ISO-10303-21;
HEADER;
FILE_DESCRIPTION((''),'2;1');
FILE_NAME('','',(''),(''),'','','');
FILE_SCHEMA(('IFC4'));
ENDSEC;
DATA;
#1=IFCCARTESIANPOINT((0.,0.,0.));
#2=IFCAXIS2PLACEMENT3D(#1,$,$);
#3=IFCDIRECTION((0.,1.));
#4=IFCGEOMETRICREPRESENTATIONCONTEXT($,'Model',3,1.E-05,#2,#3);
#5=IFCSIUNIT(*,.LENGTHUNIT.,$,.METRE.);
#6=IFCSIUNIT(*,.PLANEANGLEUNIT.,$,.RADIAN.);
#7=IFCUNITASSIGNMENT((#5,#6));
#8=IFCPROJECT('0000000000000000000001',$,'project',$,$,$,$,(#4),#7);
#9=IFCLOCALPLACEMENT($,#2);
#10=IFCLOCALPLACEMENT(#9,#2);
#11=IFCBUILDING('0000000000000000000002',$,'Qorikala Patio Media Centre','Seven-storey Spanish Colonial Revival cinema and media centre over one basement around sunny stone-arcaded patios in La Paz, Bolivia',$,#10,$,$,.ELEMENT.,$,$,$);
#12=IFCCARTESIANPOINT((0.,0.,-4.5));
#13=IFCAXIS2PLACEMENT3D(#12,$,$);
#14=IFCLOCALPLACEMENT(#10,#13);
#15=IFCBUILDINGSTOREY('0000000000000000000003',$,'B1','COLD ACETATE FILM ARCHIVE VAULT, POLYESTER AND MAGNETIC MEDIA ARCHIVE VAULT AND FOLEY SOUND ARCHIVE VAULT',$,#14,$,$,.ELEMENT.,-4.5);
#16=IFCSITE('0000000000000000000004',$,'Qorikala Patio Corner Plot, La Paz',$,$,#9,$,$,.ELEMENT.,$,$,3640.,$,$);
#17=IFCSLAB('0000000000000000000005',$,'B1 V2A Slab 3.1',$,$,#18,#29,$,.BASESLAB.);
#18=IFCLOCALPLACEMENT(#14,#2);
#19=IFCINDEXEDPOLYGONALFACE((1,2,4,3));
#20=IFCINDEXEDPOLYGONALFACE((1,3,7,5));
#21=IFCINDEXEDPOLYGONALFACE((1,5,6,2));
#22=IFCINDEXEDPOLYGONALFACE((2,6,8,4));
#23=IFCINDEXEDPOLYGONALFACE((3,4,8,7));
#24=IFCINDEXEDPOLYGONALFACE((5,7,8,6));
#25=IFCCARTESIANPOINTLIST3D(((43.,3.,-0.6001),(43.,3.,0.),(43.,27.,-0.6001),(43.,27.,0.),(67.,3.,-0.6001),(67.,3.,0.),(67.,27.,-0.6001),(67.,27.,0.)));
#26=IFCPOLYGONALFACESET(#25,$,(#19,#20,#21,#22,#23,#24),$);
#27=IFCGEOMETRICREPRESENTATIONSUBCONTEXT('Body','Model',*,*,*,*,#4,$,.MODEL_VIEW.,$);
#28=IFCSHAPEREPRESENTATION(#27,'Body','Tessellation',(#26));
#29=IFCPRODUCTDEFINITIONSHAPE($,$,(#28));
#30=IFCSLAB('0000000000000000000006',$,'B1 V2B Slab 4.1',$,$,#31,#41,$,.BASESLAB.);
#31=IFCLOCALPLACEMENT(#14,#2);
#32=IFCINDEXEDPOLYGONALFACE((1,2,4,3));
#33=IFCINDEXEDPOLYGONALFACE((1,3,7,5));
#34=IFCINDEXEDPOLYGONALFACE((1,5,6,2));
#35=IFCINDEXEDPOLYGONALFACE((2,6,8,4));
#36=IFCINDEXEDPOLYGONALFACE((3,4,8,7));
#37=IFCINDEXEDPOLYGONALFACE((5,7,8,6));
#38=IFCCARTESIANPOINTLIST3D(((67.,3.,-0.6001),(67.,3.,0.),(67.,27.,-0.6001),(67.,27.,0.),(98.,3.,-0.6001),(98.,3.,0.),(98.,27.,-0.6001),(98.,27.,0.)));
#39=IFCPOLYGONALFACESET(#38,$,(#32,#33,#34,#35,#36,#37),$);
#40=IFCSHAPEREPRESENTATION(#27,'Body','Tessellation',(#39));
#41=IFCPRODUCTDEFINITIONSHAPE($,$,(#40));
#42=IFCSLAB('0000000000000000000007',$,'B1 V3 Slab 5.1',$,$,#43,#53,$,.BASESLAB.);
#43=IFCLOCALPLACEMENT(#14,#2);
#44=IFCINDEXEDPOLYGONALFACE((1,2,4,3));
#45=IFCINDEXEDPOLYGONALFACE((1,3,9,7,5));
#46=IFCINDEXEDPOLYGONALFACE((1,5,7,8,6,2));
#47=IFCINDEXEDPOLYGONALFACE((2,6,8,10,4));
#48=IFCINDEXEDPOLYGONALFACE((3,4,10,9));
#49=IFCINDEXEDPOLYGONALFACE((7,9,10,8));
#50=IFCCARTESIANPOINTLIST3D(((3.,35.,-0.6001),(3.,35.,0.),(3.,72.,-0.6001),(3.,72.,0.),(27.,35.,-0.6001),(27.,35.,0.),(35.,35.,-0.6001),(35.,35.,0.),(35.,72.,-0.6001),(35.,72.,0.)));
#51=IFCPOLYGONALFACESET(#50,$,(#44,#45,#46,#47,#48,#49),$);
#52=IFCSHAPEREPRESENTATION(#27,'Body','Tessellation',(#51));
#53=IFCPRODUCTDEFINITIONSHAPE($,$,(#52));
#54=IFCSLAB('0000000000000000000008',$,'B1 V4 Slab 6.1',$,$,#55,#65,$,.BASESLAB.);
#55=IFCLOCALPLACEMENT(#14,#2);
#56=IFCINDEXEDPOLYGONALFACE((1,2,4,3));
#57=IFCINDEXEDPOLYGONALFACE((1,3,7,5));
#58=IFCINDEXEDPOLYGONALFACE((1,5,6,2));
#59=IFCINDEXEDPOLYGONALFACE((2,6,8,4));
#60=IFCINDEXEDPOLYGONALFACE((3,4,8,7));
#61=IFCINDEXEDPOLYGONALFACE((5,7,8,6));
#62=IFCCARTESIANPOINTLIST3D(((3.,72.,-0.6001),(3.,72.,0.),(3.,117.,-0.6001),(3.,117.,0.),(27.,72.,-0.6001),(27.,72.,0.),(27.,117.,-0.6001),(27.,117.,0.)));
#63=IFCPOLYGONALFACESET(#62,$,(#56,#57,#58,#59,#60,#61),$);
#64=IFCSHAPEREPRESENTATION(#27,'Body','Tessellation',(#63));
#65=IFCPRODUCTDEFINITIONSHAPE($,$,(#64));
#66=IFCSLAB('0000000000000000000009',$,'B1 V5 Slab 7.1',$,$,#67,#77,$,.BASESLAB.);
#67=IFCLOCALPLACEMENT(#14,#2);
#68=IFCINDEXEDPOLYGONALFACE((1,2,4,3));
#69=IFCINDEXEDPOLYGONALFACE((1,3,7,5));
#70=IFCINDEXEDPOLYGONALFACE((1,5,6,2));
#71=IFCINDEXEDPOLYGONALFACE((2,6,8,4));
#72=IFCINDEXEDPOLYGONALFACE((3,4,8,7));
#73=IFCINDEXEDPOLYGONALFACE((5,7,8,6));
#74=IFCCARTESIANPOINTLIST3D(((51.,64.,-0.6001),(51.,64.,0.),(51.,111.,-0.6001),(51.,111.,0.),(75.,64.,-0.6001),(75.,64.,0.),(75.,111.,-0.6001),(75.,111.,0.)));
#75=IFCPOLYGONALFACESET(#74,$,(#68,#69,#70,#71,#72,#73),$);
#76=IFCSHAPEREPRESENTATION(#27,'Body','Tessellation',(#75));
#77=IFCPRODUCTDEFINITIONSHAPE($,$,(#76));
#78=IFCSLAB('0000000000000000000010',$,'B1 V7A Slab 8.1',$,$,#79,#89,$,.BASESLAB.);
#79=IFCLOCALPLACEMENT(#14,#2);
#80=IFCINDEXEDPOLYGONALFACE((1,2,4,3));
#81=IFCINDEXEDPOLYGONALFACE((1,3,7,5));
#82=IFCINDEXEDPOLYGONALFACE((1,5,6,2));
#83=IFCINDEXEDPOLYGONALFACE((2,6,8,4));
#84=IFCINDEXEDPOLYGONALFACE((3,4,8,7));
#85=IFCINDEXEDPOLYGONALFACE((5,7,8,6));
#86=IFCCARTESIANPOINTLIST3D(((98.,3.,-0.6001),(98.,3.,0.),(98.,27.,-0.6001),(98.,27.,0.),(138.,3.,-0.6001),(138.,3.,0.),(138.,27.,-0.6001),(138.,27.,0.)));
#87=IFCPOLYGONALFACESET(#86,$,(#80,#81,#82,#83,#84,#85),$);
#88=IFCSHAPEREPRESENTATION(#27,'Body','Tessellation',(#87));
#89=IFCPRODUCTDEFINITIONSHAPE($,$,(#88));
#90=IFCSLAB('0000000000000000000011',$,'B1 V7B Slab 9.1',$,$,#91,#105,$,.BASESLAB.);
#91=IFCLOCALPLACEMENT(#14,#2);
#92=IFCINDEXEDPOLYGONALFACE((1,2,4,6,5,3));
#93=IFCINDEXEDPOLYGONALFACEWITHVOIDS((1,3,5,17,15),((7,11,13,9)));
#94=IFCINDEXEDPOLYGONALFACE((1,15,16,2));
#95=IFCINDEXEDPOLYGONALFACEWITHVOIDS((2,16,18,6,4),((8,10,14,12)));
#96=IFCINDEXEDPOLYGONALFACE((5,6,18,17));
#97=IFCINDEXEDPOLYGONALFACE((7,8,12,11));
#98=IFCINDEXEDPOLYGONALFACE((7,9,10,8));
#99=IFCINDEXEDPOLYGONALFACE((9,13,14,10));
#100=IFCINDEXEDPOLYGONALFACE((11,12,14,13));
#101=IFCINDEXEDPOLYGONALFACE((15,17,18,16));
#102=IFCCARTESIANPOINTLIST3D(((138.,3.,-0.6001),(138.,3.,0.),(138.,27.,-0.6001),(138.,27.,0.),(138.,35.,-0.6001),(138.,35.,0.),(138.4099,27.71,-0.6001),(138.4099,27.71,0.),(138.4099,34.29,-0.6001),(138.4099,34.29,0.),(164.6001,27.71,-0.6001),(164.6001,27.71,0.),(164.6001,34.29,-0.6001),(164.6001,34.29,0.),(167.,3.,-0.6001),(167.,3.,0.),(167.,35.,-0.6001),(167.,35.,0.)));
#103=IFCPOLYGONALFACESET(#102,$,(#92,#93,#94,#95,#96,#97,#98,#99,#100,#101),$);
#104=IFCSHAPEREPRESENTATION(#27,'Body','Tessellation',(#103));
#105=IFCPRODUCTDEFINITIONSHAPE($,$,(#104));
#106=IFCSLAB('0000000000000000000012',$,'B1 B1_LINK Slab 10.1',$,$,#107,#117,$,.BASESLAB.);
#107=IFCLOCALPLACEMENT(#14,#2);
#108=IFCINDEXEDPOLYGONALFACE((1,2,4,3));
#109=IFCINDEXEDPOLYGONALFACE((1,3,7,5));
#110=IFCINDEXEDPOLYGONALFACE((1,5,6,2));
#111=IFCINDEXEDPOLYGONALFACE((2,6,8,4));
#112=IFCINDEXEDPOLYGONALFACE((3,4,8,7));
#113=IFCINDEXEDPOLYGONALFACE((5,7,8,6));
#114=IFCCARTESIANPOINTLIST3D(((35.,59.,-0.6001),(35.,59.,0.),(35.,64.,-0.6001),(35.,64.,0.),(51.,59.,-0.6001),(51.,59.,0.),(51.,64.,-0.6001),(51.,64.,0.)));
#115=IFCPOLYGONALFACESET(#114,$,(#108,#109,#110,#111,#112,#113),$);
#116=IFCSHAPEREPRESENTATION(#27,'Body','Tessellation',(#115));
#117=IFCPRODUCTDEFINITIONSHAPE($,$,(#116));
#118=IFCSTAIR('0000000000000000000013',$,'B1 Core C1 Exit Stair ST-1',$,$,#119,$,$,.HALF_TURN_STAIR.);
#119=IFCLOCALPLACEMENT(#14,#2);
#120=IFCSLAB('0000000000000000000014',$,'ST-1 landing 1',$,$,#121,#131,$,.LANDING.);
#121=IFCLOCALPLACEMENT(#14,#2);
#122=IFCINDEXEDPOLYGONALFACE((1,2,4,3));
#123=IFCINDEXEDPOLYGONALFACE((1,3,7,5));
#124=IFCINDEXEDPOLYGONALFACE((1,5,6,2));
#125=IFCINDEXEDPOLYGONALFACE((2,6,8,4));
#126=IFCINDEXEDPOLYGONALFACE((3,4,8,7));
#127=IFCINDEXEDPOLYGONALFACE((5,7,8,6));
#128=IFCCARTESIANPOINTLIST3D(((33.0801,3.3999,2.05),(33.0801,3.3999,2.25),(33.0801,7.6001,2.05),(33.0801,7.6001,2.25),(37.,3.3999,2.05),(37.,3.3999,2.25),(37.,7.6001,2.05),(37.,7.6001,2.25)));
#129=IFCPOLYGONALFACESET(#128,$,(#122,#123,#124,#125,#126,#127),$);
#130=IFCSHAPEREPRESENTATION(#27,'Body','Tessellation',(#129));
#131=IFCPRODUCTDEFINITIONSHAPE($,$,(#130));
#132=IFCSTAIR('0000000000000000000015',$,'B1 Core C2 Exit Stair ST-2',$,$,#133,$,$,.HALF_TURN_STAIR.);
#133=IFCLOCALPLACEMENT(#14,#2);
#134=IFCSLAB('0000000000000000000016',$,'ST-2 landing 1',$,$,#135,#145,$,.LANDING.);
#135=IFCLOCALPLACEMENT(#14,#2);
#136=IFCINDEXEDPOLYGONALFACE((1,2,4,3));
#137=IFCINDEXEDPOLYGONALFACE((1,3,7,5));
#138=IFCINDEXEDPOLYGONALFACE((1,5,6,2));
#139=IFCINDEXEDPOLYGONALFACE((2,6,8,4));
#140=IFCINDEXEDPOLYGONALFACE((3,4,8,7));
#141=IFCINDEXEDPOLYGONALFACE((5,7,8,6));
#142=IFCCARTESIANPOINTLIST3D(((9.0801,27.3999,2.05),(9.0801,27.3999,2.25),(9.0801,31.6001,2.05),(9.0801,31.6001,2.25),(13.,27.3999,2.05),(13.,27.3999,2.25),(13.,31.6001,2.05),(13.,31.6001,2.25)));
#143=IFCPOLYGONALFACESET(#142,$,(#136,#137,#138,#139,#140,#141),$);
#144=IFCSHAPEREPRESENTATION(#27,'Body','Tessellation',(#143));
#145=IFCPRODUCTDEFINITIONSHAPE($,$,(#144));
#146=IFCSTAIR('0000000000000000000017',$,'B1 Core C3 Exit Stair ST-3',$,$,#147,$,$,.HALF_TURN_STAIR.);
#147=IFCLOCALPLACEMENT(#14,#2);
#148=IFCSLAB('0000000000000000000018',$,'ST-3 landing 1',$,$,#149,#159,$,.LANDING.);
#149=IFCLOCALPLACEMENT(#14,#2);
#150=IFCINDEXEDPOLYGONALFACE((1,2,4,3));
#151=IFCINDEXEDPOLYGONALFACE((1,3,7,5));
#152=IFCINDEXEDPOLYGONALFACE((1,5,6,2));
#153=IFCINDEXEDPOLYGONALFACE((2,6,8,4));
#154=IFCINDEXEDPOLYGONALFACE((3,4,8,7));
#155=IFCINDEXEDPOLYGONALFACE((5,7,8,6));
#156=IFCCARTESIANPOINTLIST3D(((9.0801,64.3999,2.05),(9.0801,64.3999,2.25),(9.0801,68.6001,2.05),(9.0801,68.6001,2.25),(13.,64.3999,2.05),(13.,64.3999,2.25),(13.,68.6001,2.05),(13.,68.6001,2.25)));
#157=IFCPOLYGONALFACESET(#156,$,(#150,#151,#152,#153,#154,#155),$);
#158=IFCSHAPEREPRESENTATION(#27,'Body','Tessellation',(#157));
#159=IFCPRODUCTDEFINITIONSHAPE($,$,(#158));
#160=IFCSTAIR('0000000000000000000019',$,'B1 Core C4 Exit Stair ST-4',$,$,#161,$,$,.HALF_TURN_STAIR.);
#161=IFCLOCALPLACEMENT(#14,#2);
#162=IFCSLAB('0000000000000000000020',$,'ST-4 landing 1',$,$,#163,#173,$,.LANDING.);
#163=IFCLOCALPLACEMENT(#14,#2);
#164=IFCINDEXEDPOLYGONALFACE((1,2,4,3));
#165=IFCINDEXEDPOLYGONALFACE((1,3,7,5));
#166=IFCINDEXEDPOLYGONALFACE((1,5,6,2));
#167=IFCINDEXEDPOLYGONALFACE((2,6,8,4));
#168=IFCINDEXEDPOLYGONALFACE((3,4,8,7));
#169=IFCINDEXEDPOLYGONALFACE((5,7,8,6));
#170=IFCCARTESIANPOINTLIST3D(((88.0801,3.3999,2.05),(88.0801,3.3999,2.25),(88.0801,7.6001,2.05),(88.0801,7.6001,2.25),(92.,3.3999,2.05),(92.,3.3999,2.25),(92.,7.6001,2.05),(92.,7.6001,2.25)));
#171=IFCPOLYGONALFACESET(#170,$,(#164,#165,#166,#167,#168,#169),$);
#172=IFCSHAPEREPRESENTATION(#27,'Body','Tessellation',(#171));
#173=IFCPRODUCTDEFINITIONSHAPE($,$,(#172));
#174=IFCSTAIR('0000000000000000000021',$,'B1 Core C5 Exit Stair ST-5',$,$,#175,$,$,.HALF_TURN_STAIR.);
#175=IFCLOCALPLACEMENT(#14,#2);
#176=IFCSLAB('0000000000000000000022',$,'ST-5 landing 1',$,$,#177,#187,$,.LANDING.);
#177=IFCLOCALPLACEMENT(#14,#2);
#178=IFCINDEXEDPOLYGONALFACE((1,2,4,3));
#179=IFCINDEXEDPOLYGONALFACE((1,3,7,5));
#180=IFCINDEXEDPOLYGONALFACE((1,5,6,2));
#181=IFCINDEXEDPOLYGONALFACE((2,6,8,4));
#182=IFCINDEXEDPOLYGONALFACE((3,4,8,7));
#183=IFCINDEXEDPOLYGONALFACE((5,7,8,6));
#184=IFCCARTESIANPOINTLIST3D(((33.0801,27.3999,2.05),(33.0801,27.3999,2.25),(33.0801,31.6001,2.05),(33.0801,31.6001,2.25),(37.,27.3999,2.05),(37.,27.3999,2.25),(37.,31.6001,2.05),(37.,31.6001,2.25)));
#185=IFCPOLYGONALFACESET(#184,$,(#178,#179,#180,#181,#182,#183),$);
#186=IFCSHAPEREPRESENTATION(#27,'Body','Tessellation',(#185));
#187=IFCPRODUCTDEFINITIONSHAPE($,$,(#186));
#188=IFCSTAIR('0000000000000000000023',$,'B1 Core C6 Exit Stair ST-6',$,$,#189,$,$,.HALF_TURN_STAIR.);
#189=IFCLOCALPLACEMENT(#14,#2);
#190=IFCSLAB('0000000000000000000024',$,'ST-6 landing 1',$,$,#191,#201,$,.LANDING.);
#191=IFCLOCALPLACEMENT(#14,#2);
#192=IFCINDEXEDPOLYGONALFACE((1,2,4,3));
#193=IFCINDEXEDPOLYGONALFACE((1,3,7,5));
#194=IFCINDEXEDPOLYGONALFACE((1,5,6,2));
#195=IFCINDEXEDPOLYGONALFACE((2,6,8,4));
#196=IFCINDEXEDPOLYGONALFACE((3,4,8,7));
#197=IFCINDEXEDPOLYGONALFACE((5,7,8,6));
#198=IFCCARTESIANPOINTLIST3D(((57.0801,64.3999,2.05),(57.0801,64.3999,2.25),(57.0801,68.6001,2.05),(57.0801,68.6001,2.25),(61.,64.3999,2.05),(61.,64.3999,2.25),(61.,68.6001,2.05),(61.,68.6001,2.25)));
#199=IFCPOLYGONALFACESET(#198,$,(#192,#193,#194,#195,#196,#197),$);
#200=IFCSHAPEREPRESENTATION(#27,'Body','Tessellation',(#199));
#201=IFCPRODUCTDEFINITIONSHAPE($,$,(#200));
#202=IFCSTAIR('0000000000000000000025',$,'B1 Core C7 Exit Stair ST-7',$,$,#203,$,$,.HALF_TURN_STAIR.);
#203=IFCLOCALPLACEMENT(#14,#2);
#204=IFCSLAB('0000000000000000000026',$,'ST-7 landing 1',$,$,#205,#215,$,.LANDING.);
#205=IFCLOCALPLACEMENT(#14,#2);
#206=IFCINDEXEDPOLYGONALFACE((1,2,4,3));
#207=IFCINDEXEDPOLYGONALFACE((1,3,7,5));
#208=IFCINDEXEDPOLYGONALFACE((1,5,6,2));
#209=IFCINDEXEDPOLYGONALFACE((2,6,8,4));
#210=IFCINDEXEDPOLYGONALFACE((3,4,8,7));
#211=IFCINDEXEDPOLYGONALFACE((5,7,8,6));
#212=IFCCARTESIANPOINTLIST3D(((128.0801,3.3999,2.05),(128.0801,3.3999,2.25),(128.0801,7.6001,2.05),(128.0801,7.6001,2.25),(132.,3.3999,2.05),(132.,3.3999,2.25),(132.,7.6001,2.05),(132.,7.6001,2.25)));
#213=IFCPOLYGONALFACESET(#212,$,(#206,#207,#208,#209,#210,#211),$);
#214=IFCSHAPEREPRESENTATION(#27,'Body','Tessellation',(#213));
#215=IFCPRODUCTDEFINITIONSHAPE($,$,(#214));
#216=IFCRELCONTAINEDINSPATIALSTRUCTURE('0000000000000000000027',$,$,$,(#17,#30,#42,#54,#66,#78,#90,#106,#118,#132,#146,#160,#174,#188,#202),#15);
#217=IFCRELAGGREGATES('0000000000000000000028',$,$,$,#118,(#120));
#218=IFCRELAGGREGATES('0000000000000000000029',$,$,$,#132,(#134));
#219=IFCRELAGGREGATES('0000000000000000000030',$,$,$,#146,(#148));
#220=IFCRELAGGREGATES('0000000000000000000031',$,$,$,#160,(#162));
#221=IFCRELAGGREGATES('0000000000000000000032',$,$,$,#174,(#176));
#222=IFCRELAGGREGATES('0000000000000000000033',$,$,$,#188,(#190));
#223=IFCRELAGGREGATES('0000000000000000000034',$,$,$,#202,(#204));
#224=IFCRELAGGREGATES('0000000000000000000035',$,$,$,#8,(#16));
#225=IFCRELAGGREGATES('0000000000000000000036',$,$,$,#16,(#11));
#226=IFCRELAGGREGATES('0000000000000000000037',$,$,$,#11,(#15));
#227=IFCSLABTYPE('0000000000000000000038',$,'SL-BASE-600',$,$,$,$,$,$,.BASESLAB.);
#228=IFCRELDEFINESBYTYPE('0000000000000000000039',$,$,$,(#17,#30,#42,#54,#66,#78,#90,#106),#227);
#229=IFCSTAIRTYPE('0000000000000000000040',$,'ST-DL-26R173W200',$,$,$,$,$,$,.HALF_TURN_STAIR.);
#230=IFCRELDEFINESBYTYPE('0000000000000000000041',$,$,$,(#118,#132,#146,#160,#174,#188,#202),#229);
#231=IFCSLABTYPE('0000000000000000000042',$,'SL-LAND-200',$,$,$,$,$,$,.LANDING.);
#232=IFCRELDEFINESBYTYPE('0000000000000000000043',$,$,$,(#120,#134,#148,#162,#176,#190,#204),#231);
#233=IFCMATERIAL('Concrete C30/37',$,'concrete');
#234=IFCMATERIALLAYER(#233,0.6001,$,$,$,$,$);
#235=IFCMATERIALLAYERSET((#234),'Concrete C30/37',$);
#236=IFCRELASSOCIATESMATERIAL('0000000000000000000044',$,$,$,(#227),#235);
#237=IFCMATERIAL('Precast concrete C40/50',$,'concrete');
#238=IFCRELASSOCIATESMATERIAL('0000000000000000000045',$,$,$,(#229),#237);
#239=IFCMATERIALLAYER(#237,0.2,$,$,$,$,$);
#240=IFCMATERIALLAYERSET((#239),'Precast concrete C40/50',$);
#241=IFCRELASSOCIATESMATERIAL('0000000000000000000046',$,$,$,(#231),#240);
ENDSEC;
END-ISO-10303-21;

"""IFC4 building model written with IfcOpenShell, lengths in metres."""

from ifc_helpers import new_model, si_unit, direction, frame, origin, place, context, subcontext, project, spatial, polyline, outline, extrude, material, layer, layer_set, type_object, element, aggregate, save


model = new_model("IFC4")

# Units and contexts
model_context = context("Model", 3, precision=1e-05, world=origin(), true_north=direction((0.0, 1.0)))
body_context = subcontext(model_context, "Body", "Model", "MODEL_VIEW")
ifc_project = project(units=[si_unit("LENGTHUNIT", "METRE"), si_unit("PLANEANGLEUNIT", "RADIAN")], contexts=[model_context])

# Site, building, storey
site_placement = place(None, origin())
site = spatial("IfcSite", under=ifc_project, at=site_placement, Name="Qorikala Patio Corner Plot, La Paz", CompositionType="ELEMENT", RefElevation=3640.0)
building_placement = place(site_placement, origin())
building = spatial("IfcBuilding", under=site, at=building_placement, Name="Qorikala Patio Media Centre", Description="Seven-storey Spanish Colonial Revival cinema and media centre over one basement around sunny stone-arcaded patios in La Paz, Bolivia", CompositionType="ELEMENT")
storey_placement = place(building_placement, frame((0.0, 0.0, -4.5)))
storey = spatial("IfcBuildingStorey", under=building, at=storey_placement, Name="B1", Description="COLD ACETATE FILM ARCHIVE VAULT, POLYESTER AND MAGNETIC MEDIA ARCHIVE VAULT AND FOLEY SOUND ARCHIVE VAULT", CompositionType="ELEMENT", Elevation=-4.5)

# Shared definitions
ifc_material_1 = material(Name="Concrete C30/37", Category="concrete")

# Slabs
ifc_layer_1 = layer(ifc_material_1, 0.6001)
ifc_layer_set_1 = layer_set([ifc_layer_1], Name="Concrete C30/37")
slab_type_1 = type_object("IfcSlabType", Name="SL-BASE-600", PredefinedType="BASESLAB", material=ifc_layer_set_1)
slab_1_placement = place(storey_placement, frame((0.0, 0.0, -0.6001)))
element("IfcSlab", 1, at=slab_1_placement, inside=storey, type_object=slab_type_1, Name="B1 V2A Slab 3.1", PredefinedType="BASESLAB", context=body_context, shape_type="SweptSolid", body=[
    extrude(outline(polyline([(67.0, 3.0), (43.0, 3.0), (43.0, 27.0), (67.0, 27.0), (67.0, 3.0)])), origin(), (0.0, 0.0, 1.0), 0.6001),
])
slab_2_placement = place(storey_placement, frame((0.0, 0.0, -0.6001)))
element("IfcSlab", 2, at=slab_2_placement, inside=storey, type_object=slab_type_1, Name="B1 V2B Slab 4.1", PredefinedType="BASESLAB", context=body_context, shape_type="SweptSolid", body=[
    extrude(outline(polyline([(98.0, 3.0), (67.0, 3.0), (67.0, 27.0), (98.0, 27.0), (98.0, 3.0)])), origin(), (0.0, 0.0, 1.0), 0.6001),
])
slab_3_placement = place(storey_placement, frame((0.0, 0.0, -0.6001)))
element("IfcSlab", 3, at=slab_3_placement, inside=storey, type_object=slab_type_1, Name="B1 V3 Slab 5.1", PredefinedType="BASESLAB", context=body_context, shape_type="SweptSolid", body=[
    extrude(outline(polyline([(35.0, 72.0), (35.0, 35.0), (27.0, 35.0), (3.0, 35.0), (3.0, 72.0), (35.0, 72.0)])), origin(), (0.0, 0.0, 1.0), 0.6001),
])
slab_4_placement = place(storey_placement, frame((0.0, 0.0, -0.6001)))
element("IfcSlab", 4, at=slab_4_placement, inside=storey, type_object=slab_type_1, Name="B1 V4 Slab 6.1", PredefinedType="BASESLAB", context=body_context, shape_type="SweptSolid", body=[
    extrude(outline(polyline([(27.0, 117.0), (27.0, 72.0), (3.0, 72.0), (3.0, 117.0), (27.0, 117.0)])), origin(), (0.0, 0.0, 1.0), 0.6001),
])
slab_5_placement = place(storey_placement, frame((0.0, 0.0, -0.6001)))
element("IfcSlab", 5, at=slab_5_placement, inside=storey, type_object=slab_type_1, Name="B1 V5 Slab 7.1", PredefinedType="BASESLAB", context=body_context, shape_type="SweptSolid", body=[
    extrude(outline(polyline([(51.0, 111.0), (75.0, 111.0), (75.0, 64.0), (51.0, 64.0), (51.0, 111.0)])), origin(), (0.0, 0.0, 1.0), 0.6001),
])
slab_6_placement = place(storey_placement, frame((0.0, 0.0, -0.6001)))
element("IfcSlab", 6, at=slab_6_placement, inside=storey, type_object=slab_type_1, Name="B1 V7A Slab 8.1", PredefinedType="BASESLAB", context=body_context, shape_type="SweptSolid", body=[
    extrude(outline(polyline([(138.0, 3.0), (98.0, 3.0), (98.0, 27.0), (138.0, 27.0), (138.0, 3.0)])), origin(), (0.0, 0.0, 1.0), 0.6001),
])
slab_7_placement = place(storey_placement, frame((0.0, 0.0, -0.6001)))
element("IfcSlab", 7, at=slab_7_placement, inside=storey, type_object=slab_type_1, Name="B1 V7B Slab 9.1", PredefinedType="BASESLAB", context=body_context, shape_type="SweptSolid", body=[
    extrude(outline(polyline([(167.0, 35.0), (167.0, 3.0), (138.0, 3.0), (138.0, 27.0), (138.0, 35.0), (167.0, 35.0)]), holes=[polyline([(164.6001, 34.29), (138.4099, 34.29), (138.4099, 27.71), (164.6001, 27.71), (164.6001, 34.29)])]), origin(), (0.0, 0.0, 1.0), 0.6001),
])
slab_8_placement = place(storey_placement, frame((0.0, 0.0, -0.6001)))
element("IfcSlab", 8, at=slab_8_placement, inside=storey, type_object=slab_type_1, Name="B1 B1_LINK Slab 10.1", PredefinedType="BASESLAB", context=body_context, shape_type="SweptSolid", body=[
    extrude(outline(polyline([(35.0, 59.0), (35.0, 64.0), (51.0, 64.0), (51.0, 59.0), (35.0, 59.0)])), origin(), (0.0, 0.0, 1.0), 0.6001),
])

# Stairs, slabs
ifc_material_2 = material(Name="Precast concrete C40/50", Category="concrete")
stair_type = type_object("IfcStairType", Name="ST-DL-26R173W200", PredefinedType="HALF_TURN_STAIR", material=ifc_material_2)
stair_1_placement = place(storey_placement, origin())
stair_1 = element("IfcStair", 9, at=stair_1_placement, inside=storey, type_object=stair_type, Name="B1 Core C1 Exit Stair ST-1", PredefinedType="HALF_TURN_STAIR")
ifc_layer_2 = layer(ifc_material_2, 0.2)
ifc_layer_set_2 = layer_set([ifc_layer_2], Name="Precast concrete C40/50")
slab_type_2 = type_object("IfcSlabType", Name="SL-LAND-200", PredefinedType="LANDING", material=ifc_layer_set_2)
slab_9_placement = place(storey_placement, frame((0.0, 0.0, 2.05)))
slab_9 = element("IfcSlab", 10, at=slab_9_placement, type_object=slab_type_2, Name="ST-1 landing 1", PredefinedType="LANDING", context=body_context, shape_type="SweptSolid", body=[
    extrude(outline(polyline([(33.0801, 3.3999), (37.0, 3.3999), (37.0, 7.6001), (33.0801, 7.6001), (33.0801, 3.3999)])), origin(), (0.0, 0.0, 1.0), 0.2),
])
aggregate(stair_1, [slab_9])
stair_2_placement = place(storey_placement, origin())
stair_2 = element("IfcStair", 11, at=stair_2_placement, inside=storey, type_object=stair_type, Name="B1 Core C2 Exit Stair ST-2", PredefinedType="HALF_TURN_STAIR")
slab_10_placement = place(storey_placement, frame((0.0, 0.0, 2.05)))
slab_10 = element("IfcSlab", 12, at=slab_10_placement, type_object=slab_type_2, Name="ST-2 landing 1", PredefinedType="LANDING", context=body_context, shape_type="SweptSolid", body=[
    extrude(outline(polyline([(9.0801, 27.3999), (13.0, 27.3999), (13.0, 31.6001), (9.0801, 31.6001), (9.0801, 27.3999)])), origin(), (0.0, 0.0, 1.0), 0.2),
])
aggregate(stair_2, [slab_10])
stair_3_placement = place(storey_placement, origin())
stair_3 = element("IfcStair", 13, at=stair_3_placement, inside=storey, type_object=stair_type, Name="B1 Core C3 Exit Stair ST-3", PredefinedType="HALF_TURN_STAIR")
slab_11_placement = place(storey_placement, frame((0.0, 0.0, 2.05)))
slab_11 = element("IfcSlab", 14, at=slab_11_placement, type_object=slab_type_2, Name="ST-3 landing 1", PredefinedType="LANDING", context=body_context, shape_type="SweptSolid", body=[
    extrude(outline(polyline([(9.0801, 64.3999), (13.0, 64.3999), (13.0, 68.6001), (9.0801, 68.6001), (9.0801, 64.3999)])), origin(), (0.0, 0.0, 1.0), 0.2),
])
aggregate(stair_3, [slab_11])
stair_4_placement = place(storey_placement, origin())
stair_4 = element("IfcStair", 15, at=stair_4_placement, inside=storey, type_object=stair_type, Name="B1 Core C4 Exit Stair ST-4", PredefinedType="HALF_TURN_STAIR")
slab_12_placement = place(storey_placement, frame((0.0, 0.0, 2.05)))
slab_12 = element("IfcSlab", 16, at=slab_12_placement, type_object=slab_type_2, Name="ST-4 landing 1", PredefinedType="LANDING", context=body_context, shape_type="SweptSolid", body=[
    extrude(outline(polyline([(88.0801, 3.3999), (92.0, 3.3999), (92.0, 7.6001), (88.0801, 7.6001), (88.0801, 3.3999)])), origin(), (0.0, 0.0, 1.0), 0.2),
])
aggregate(stair_4, [slab_12])
stair_5_placement = place(storey_placement, origin())
stair_5 = element("IfcStair", 17, at=stair_5_placement, inside=storey, type_object=stair_type, Name="B1 Core C5 Exit Stair ST-5", PredefinedType="HALF_TURN_STAIR")
slab_13_placement = place(storey_placement, frame((0.0, 0.0, 2.05)))
slab_13 = element("IfcSlab", 18, at=slab_13_placement, type_object=slab_type_2, Name="ST-5 landing 1", PredefinedType="LANDING", context=body_context, shape_type="SweptSolid", body=[
    extrude(outline(polyline([(33.0801, 27.3999), (37.0, 27.3999), (37.0, 31.6001), (33.0801, 31.6001), (33.0801, 27.3999)])), origin(), (0.0, 0.0, 1.0), 0.2),
])
aggregate(stair_5, [slab_13])
stair_6_placement = place(storey_placement, origin())
stair_6 = element("IfcStair", 19, at=stair_6_placement, inside=storey, type_object=stair_type, Name="B1 Core C6 Exit Stair ST-6", PredefinedType="HALF_TURN_STAIR")
slab_14_placement = place(storey_placement, frame((0.0, 0.0, 2.05)))
slab_14 = element("IfcSlab", 20, at=slab_14_placement, type_object=slab_type_2, Name="ST-6 landing 1", PredefinedType="LANDING", context=body_context, shape_type="SweptSolid", body=[
    extrude(outline(polyline([(57.0801, 64.3999), (61.0, 64.3999), (61.0, 68.6001), (57.0801, 68.6001), (57.0801, 64.3999)])), origin(), (0.0, 0.0, 1.0), 0.2),
])
aggregate(stair_6, [slab_14])
stair_7_placement = place(storey_placement, origin())
stair_7 = element("IfcStair", 21, at=stair_7_placement, inside=storey, type_object=stair_type, Name="B1 Core C7 Exit Stair ST-7", PredefinedType="HALF_TURN_STAIR")
slab_15_placement = place(storey_placement, frame((0.0, 0.0, 2.05)))
slab_15 = element("IfcSlab", 22, at=slab_15_placement, type_object=slab_type_2, Name="ST-7 landing 1", PredefinedType="LANDING", context=body_context, shape_type="SweptSolid", body=[
    extrude(outline(polyline([(128.0801, 3.3999), (132.0, 3.3999), (132.0, 7.6001), (128.0801, 7.6001), (128.0801, 3.3999)])), origin(), (0.0, 0.0, 1.0), 0.2),
])
aggregate(stair_7, [slab_15])

save(model, "model.ifc")
